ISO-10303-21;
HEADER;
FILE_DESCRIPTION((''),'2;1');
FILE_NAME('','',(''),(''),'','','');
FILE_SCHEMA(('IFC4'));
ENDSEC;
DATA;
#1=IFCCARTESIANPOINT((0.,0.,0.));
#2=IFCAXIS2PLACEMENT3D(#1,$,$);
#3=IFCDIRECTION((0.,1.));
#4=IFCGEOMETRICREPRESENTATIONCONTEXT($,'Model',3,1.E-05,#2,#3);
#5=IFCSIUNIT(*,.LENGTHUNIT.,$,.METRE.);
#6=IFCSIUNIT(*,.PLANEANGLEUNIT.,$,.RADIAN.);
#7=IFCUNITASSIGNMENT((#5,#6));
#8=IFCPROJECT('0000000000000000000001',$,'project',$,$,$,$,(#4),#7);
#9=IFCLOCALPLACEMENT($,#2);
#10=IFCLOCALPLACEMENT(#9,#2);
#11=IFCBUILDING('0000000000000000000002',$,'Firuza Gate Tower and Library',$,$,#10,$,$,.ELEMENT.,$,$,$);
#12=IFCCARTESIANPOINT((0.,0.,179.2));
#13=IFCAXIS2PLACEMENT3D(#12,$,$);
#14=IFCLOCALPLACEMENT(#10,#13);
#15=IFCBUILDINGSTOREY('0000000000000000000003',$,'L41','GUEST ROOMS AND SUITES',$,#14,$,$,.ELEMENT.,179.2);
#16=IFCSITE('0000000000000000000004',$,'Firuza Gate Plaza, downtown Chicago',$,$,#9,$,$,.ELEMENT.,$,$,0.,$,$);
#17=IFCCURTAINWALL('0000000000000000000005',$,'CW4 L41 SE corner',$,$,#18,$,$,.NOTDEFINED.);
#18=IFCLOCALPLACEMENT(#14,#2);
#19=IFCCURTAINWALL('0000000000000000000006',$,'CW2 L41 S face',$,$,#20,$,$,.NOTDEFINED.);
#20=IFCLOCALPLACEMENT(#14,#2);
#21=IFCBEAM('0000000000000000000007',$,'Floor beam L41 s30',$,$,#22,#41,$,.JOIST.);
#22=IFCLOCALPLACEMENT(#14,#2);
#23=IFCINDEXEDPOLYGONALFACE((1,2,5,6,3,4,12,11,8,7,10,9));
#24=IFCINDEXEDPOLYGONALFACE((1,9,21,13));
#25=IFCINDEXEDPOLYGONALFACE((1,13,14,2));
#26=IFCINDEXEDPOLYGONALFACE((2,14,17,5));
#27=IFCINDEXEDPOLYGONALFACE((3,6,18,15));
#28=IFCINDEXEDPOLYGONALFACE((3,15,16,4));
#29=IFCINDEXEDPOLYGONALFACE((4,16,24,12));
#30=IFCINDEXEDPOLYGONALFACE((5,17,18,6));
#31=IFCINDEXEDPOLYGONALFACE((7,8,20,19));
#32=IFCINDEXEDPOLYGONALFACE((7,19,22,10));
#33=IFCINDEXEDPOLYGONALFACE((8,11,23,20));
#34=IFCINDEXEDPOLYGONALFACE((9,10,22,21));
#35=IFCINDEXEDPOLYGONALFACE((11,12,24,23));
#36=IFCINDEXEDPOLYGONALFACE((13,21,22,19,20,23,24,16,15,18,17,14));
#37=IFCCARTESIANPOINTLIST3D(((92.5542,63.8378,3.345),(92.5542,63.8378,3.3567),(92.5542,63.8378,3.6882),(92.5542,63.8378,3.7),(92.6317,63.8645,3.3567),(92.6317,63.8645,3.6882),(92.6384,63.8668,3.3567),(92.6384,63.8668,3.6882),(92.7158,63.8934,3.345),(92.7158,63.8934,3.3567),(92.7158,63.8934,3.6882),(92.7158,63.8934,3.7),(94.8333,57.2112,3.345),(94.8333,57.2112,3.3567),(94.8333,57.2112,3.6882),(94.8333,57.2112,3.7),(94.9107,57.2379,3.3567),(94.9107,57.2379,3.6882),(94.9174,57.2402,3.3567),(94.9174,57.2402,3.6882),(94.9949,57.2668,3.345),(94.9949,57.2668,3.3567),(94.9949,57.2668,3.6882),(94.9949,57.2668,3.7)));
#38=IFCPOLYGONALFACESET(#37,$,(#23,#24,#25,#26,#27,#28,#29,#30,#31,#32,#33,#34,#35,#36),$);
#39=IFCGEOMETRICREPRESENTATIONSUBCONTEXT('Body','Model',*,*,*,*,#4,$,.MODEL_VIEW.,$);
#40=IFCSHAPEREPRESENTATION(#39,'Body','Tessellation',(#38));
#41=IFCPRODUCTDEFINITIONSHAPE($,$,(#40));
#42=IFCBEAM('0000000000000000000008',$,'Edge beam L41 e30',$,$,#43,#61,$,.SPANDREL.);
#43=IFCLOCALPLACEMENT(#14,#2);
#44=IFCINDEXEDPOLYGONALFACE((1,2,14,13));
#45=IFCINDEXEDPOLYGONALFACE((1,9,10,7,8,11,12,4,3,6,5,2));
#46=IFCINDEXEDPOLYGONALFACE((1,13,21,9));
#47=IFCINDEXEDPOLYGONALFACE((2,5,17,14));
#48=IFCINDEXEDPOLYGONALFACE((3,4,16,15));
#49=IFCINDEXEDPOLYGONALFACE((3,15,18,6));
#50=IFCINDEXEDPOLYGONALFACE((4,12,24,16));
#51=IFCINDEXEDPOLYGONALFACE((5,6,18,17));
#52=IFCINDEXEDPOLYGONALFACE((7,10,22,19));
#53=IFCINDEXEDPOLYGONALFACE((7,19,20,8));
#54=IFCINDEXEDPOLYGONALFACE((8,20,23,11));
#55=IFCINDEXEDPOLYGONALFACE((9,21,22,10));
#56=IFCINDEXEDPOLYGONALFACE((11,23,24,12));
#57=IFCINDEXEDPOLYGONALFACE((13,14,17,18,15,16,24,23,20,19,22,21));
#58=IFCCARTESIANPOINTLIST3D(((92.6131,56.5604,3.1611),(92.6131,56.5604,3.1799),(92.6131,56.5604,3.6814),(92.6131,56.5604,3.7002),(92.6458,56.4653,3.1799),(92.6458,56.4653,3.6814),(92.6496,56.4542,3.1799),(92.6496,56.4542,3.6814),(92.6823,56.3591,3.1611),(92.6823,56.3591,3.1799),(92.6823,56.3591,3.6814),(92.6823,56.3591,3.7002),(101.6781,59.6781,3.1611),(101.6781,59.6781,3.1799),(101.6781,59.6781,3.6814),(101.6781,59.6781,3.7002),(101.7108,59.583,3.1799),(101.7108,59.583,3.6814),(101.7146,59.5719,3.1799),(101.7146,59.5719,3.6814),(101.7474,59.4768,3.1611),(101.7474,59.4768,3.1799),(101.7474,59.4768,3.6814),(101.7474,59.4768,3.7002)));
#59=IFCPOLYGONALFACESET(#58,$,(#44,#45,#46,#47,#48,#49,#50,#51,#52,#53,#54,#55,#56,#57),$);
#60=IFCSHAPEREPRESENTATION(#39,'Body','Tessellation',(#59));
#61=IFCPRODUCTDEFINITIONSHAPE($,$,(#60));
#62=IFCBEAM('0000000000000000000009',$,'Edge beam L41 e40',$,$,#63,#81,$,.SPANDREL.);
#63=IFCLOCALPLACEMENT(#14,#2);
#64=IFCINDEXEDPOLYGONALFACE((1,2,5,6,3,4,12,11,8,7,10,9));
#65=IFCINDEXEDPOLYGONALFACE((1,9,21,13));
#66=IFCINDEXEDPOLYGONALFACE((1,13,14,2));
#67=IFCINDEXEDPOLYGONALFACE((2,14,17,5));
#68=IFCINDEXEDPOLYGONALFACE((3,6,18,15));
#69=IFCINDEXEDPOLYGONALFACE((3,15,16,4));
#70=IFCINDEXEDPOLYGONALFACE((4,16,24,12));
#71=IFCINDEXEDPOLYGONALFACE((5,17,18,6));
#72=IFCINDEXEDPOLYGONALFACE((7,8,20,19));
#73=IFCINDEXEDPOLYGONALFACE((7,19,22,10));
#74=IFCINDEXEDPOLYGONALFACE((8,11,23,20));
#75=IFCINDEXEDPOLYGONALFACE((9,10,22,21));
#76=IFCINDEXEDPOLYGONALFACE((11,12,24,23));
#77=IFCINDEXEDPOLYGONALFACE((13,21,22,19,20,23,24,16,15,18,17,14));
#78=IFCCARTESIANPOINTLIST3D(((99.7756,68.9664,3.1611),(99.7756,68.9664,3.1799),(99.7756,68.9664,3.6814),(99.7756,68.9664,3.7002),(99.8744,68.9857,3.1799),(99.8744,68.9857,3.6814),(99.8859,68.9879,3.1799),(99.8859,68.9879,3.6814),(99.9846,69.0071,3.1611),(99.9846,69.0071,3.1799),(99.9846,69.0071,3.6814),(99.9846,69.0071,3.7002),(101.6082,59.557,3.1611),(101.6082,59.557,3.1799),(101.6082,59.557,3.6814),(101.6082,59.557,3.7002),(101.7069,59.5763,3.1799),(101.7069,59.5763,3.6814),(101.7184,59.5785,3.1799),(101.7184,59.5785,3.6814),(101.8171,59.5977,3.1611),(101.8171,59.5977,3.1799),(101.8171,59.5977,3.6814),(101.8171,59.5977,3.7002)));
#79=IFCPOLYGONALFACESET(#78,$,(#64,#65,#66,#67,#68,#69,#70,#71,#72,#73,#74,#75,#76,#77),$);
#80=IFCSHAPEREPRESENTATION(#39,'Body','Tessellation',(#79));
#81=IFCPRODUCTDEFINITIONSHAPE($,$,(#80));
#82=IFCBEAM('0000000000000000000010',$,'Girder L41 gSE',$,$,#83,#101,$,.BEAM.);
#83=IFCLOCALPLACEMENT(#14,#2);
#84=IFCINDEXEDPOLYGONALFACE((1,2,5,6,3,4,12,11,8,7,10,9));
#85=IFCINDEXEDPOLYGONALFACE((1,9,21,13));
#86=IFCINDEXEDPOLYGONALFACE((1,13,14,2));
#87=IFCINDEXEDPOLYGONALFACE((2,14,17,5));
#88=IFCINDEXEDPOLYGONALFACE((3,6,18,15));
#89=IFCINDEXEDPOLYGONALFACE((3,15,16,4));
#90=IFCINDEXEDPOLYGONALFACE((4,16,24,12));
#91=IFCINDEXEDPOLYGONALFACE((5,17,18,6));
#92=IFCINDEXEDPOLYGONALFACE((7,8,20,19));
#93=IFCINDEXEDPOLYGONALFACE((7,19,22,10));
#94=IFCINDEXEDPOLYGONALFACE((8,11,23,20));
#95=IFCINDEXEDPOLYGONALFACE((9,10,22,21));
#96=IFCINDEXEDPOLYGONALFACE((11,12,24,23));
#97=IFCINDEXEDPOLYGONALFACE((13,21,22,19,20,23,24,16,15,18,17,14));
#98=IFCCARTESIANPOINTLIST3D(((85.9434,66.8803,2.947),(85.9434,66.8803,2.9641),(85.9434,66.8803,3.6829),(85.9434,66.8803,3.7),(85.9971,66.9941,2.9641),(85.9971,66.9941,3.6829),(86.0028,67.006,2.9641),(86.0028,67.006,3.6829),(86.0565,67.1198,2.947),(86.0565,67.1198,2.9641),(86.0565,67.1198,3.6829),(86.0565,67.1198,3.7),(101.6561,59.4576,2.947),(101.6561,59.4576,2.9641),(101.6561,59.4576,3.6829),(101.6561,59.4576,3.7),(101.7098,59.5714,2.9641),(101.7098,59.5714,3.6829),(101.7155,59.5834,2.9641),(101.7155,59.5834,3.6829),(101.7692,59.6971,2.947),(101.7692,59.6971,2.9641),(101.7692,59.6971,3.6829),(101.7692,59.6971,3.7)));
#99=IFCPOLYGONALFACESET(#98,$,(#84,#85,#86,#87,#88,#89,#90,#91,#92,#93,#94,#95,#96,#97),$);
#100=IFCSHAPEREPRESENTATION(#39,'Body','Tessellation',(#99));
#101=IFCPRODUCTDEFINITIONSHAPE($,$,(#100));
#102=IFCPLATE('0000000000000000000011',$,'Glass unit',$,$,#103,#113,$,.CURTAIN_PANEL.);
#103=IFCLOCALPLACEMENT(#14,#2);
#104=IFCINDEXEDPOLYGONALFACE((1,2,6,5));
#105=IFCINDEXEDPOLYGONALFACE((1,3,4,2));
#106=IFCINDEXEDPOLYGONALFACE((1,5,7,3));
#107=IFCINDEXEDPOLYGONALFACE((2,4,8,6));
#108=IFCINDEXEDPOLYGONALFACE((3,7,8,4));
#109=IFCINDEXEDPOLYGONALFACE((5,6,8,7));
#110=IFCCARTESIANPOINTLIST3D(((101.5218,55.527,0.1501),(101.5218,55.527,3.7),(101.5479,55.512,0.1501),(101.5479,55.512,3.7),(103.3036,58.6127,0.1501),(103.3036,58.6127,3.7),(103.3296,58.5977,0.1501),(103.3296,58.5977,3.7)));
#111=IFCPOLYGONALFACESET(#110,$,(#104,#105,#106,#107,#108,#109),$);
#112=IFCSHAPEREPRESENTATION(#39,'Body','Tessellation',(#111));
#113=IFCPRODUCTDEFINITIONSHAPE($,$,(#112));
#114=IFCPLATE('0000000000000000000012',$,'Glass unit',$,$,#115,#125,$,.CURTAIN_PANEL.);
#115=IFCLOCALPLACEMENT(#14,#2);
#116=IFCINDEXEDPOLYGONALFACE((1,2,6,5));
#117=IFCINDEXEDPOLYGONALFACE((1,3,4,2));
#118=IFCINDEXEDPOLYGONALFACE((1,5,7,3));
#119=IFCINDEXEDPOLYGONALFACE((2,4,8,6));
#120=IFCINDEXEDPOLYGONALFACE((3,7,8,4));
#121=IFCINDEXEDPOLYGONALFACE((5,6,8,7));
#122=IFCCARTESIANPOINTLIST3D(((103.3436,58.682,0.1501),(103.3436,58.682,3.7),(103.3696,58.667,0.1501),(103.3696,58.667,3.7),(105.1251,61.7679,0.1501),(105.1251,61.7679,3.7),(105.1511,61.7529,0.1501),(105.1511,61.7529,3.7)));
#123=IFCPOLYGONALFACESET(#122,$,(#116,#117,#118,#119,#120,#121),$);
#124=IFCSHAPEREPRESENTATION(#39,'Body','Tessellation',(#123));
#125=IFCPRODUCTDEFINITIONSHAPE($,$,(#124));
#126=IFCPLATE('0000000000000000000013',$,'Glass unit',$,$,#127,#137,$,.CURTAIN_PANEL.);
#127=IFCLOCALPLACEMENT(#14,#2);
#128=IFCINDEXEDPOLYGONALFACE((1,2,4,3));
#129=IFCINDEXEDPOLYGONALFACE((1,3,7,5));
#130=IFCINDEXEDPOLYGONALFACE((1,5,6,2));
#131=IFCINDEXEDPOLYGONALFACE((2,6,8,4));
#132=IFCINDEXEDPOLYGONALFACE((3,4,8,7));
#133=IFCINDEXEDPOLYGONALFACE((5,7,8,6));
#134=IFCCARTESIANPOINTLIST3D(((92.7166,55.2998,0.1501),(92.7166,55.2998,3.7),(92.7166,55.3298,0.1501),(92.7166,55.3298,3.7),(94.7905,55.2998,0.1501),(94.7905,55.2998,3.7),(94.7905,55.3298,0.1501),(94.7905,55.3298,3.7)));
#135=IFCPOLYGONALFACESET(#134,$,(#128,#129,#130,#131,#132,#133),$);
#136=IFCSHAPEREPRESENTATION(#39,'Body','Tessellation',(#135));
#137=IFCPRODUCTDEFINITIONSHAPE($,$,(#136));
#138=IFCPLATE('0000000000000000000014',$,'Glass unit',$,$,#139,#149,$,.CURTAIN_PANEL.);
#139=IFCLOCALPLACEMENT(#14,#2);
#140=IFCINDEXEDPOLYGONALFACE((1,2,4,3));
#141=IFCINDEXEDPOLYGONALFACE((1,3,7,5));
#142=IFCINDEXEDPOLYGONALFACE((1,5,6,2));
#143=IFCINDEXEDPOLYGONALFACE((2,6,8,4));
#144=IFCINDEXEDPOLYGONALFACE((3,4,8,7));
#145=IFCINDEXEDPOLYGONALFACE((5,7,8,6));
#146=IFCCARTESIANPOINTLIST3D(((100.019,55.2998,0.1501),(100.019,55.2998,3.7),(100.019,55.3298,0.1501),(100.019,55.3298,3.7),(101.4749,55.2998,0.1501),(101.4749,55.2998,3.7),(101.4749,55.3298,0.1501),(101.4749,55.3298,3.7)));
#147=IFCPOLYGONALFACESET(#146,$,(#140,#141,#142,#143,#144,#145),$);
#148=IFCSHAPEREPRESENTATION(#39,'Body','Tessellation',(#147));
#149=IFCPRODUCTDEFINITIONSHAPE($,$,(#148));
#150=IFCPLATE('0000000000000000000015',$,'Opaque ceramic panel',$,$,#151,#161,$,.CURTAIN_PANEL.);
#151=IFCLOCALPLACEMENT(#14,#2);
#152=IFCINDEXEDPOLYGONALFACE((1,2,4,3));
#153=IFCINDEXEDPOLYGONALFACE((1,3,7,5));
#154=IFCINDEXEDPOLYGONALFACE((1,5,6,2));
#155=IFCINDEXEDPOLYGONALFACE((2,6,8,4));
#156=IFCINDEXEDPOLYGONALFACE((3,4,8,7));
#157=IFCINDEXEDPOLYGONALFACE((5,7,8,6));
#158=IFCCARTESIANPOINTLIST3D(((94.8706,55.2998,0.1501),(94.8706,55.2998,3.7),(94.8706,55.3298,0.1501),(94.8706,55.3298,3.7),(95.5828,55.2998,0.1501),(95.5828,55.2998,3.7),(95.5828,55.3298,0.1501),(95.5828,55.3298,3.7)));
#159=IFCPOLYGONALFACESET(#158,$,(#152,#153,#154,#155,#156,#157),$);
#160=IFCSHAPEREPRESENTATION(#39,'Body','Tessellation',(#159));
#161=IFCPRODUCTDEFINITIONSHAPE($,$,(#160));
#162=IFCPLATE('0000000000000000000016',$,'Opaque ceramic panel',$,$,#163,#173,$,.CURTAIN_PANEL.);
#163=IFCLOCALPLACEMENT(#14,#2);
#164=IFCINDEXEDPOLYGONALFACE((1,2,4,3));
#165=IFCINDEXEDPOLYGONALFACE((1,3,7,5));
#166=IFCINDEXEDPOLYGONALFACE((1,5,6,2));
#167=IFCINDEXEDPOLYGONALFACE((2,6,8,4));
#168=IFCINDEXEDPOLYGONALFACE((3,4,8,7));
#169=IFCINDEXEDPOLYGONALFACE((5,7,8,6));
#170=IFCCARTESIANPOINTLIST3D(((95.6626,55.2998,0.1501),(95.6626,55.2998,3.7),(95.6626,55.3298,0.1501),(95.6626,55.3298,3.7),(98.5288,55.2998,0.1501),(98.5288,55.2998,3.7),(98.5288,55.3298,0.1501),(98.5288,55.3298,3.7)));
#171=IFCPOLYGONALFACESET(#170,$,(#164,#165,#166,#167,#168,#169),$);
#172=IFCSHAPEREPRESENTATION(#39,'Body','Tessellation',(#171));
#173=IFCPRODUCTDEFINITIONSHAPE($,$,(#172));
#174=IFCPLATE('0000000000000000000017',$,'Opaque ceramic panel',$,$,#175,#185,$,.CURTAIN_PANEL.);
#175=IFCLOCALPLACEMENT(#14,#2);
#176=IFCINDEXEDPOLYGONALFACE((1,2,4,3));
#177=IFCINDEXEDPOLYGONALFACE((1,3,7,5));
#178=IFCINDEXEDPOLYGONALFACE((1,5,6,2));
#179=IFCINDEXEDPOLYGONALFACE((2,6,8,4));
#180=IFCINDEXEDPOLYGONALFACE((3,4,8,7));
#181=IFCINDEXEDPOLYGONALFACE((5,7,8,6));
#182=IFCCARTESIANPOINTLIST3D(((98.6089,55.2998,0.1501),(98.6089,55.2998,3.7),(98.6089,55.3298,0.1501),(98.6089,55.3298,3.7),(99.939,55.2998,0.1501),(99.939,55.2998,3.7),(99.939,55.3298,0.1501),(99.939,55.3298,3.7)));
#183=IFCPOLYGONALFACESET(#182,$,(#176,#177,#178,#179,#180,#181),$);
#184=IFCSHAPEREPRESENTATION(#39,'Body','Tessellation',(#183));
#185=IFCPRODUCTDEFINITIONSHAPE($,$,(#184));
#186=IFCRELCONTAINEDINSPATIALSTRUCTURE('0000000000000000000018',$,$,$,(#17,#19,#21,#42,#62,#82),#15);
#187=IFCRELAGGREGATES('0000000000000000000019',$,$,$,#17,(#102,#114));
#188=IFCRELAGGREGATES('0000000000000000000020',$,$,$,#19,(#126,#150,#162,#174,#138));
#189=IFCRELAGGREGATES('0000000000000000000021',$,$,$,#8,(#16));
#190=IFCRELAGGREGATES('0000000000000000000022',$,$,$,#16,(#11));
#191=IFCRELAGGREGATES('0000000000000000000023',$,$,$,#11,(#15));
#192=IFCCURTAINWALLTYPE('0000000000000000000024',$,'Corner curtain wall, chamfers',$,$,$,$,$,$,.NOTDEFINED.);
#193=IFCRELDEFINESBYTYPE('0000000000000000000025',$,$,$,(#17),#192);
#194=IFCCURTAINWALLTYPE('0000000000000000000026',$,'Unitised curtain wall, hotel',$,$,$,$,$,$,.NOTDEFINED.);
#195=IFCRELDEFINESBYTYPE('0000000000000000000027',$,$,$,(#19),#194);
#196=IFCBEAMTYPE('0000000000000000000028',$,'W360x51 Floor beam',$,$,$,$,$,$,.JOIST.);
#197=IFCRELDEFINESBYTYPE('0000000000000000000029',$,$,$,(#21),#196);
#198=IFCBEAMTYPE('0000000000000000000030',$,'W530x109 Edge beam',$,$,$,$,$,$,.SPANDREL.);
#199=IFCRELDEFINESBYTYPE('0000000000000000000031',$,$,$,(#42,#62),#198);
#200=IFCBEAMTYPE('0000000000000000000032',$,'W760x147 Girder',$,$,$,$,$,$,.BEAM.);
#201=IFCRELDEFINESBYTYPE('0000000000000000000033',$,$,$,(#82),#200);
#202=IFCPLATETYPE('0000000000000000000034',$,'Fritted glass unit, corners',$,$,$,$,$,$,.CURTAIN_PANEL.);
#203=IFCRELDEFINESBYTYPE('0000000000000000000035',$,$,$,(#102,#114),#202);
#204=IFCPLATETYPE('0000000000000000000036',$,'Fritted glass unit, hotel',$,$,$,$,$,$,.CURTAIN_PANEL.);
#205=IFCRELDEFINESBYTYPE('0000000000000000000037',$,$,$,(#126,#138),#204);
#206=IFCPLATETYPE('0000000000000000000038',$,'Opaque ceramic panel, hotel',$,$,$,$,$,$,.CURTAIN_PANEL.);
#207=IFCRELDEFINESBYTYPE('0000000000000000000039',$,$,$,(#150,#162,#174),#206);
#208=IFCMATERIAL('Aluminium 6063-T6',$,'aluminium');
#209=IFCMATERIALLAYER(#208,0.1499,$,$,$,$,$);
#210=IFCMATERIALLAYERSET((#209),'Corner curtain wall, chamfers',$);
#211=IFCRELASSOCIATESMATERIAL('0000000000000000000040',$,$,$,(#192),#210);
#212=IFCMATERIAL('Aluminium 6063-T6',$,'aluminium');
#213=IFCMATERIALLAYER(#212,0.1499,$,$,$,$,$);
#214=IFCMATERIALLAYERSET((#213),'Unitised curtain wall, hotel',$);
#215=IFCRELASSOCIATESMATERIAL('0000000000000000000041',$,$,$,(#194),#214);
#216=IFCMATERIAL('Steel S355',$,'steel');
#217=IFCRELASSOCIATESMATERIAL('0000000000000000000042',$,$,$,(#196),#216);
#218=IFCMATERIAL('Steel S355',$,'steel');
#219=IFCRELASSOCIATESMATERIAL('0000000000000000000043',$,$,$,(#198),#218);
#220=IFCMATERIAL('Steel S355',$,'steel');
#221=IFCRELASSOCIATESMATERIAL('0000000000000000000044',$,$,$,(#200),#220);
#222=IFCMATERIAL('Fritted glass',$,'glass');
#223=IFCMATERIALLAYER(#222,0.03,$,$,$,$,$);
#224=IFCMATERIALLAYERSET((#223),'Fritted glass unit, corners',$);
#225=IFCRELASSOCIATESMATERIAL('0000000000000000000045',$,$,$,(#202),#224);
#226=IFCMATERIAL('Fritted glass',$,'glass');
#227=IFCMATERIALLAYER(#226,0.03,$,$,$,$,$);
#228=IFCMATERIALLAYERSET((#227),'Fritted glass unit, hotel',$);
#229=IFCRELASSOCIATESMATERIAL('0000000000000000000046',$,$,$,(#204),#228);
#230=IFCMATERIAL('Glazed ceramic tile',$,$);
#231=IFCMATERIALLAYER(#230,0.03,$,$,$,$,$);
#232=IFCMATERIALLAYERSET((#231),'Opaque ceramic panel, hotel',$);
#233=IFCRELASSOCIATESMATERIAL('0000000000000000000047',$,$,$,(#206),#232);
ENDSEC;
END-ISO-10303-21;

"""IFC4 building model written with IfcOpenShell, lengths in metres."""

from ifc_helpers import new_model, si_unit, direction, frame, origin, origin_2d, place, context, subcontext, project, spatial, polyline, i_section, outline, extrude, material, layer, layer_set, material_profile, profile_set, type_object, element, aggregate, save


model = new_model("IFC4")

# Units and contexts
model_context = context("Model", 3, precision=1e-05, world=origin(), true_north=direction((0.0, 1.0)))
body_context = subcontext(model_context, "Body", "Model", "MODEL_VIEW")
ifc_project = project(units=[si_unit("LENGTHUNIT", "METRE"), si_unit("PLANEANGLEUNIT", "RADIAN")], contexts=[model_context])

# Site, building, storey
site_placement = place(None, origin())
site = spatial("IfcSite", under=ifc_project, at=site_placement, Name="Firuza Gate Plaza, downtown Chicago", CompositionType="ELEMENT", RefElevation=0.0)
building_placement = place(site_placement, origin())
building = spatial("IfcBuilding", under=site, at=building_placement, Name="Firuza Gate Tower and Library", CompositionType="ELEMENT")
storey_placement = place(building_placement, frame((0.0, 0.0, 179.2)))
storey = spatial("IfcBuildingStorey", under=building, at=storey_placement, Name="L41", Description="GUEST ROOMS AND SUITES", CompositionType="ELEMENT", Elevation=179.2)

# Curtain walls
ifc_material_1 = material(Name="Aluminium 6063-T6", Category="aluminium")
ifc_layer_1 = layer(ifc_material_1, 0.1499)
ifc_layer_set_1 = layer_set([ifc_layer_1], Name="Corner curtain wall, chamfers")
curtain_wall_type_1 = type_object("IfcCurtainWallType", Name="Corner curtain wall, chamfers", PredefinedType="NOTDEFINED", material=ifc_layer_set_1)
placement = place(storey_placement, origin())
curtain_wall_1 = element("IfcCurtainWall", 1, at=placement, inside=storey, type_object=curtain_wall_type_1, Name="CW4 L41 SE corner", PredefinedType="NOTDEFINED")
ifc_material_2 = material(Name="Aluminium 6063-T6", Category="aluminium")
ifc_layer_2 = layer(ifc_material_2, 0.1499)
ifc_layer_set_2 = layer_set([ifc_layer_2], Name="Unitised curtain wall, hotel")
curtain_wall_type_2 = type_object("IfcCurtainWallType", Name="Unitised curtain wall, hotel", PredefinedType="NOTDEFINED", material=ifc_layer_set_2)
curtain_wall_2 = element("IfcCurtainWall", 2, at=placement, inside=storey, type_object=curtain_wall_type_2, Name="CW2 L41 S face", PredefinedType="NOTDEFINED")

# Beams
ifc_material_3 = material(Name="Steel S355", Category="steel")
ifc_material_profile_1 = material_profile(ifc_material_3, i_section(OverallWidth=0.1709, OverallDepth=0.355, WebThickness=0.0071, FlangeThickness=0.0117, at=origin_2d()))
ifc_profile_set_1 = profile_set([ifc_material_profile_1], Name="Steel S355")
beam_type_1 = type_object("IfcBeamType", Name="W360x51 Floor beam", PredefinedType="JOIST", material=ifc_profile_set_1)
beam_1_placement = place(storey_placement, frame((94.9141, 57.239, 3.5225), z_axis=(-0.325223, 0.945637, 0.0), x_axis=(-0.945637, -0.325223, 0.0)))
element("IfcBeam", 3, at=beam_1_placement, inside=storey, type_object=beam_type_1, Name="Floor beam L41 s30", PredefinedType="JOIST", context=body_context, shape_type="SweptSolid", body=[
    extrude(i_section(OverallWidth=0.1709, OverallDepth=0.355, WebThickness=0.0071, FlangeThickness=0.0117, at=origin_2d()), origin(), (0.0, 0.0, 1.0), 7.0076),
])
ifc_material_4 = material(Name="Steel S355", Category="steel")
ifc_material_profile_2 = material_profile(ifc_material_4, i_section(OverallWidth=0.2129, OverallDepth=0.5391, WebThickness=0.0117, FlangeThickness=0.0188, at=origin_2d()))
ifc_profile_set_2 = profile_set([ifc_material_profile_2], Name="Steel S355")
beam_type_2 = type_object("IfcBeamType", Name="W530x109 Edge beam", PredefinedType="SPANDREL", material=ifc_profile_set_2)
for number, where, z_axis, x_axis, name in (
    (4, (92.6477, 56.4597, 3.4307), (0.945635, 0.325229, 0.0), (-0.325229, 0.945635, 0.0), "Edge beam L41 e30"),
    (5, (101.7126, 59.5774, 3.4307), (-0.191162, 0.981558, 0.0), (-0.981558, -0.191162, 0.0), "Edge beam L41 e40"),
):
    element("IfcBeam", number, at=place(storey_placement, frame(where, z_axis=z_axis, x_axis=x_axis)), inside=storey, type_object=beam_type_2, Name=name, PredefinedType="SPANDREL", context=body_context, shape_type="SweptSolid", body=[
        extrude(i_section(OverallWidth=0.2129, OverallDepth=0.5391, WebThickness=0.0117, FlangeThickness=0.0188, at=origin_2d()), origin(), (0.0, 0.0, 1.0), 9.5862),
    ])
ifc_material_5 = material(Name="Steel S355", Category="steel")
ifc_material_profile_3 = material_profile(ifc_material_5, i_section(OverallWidth=0.2649, OverallDepth=0.7529, WebThickness=0.0132, FlangeThickness=0.0171, at=origin_2d()))
ifc_profile_set_3 = profile_set([ifc_material_profile_3], Name="Steel S355")
beam_type_3 = type_object("IfcBeamType", Name="W760x147 Girder", PredefinedType="BEAM", material=ifc_profile_set_3)
beam_2_placement = place(storey_placement, frame((101.7126, 59.5774, 3.3235), z_axis=(-0.904188, 0.427136, 0.0), x_axis=(-0.427136, -0.904188, 0.0)))
element("IfcBeam", 6, at=beam_2_placement, inside=storey, type_object=beam_type_3, Name="Girder L41 gSE", PredefinedType="BEAM", context=body_context, shape_type="SweptSolid", body=[
    extrude(i_section(OverallWidth=0.2649, OverallDepth=0.7529, WebThickness=0.0132, FlangeThickness=0.0171, at=origin_2d()), origin(), (0.0, 0.0, 1.0), 17.3777),
])

# Plates
ifc_material_6 = material(Name="Fritted glass", Category="glass")
ifc_layer_3 = layer(ifc_material_6, 0.03)
ifc_layer_set_3 = layer_set([ifc_layer_3], Name="Fritted glass unit, corners")
plate_type_1 = type_object("IfcPlateType", Name="Fritted glass unit, corners", PredefinedType="CURTAIN_PANEL", material=ifc_layer_set_3)
plate_1_placement = place(storey_placement, frame((101.5479, 55.512, 0.1501), z_axis=(0.866, -0.500045, 0.0), x_axis=(0.500045, 0.866, 0.0)))
plate_1 = element("IfcPlate", 7, at=plate_1_placement, type_object=plate_type_1, Name="Glass unit", PredefinedType="CURTAIN_PANEL", context=body_context, shape_type="SweptSolid", body=[
    extrude(outline(polyline([(0.0, 0.0), (3.5632, 0.0), (3.5632, 3.5498), (0.0, 3.5498), (0.0, 0.0)])), origin(), (0.0, 0.0, -1.0), 0.03),
])
plate_2_placement = place(storey_placement, frame((103.3696, 58.667, 0.1501), z_axis=(0.866046, -0.499964, 0.0), x_axis=(0.499964, 0.866046, 0.0)))
plate_2 = element("IfcPlate", 8, at=plate_2_placement, type_object=plate_type_1, Name="Glass unit", PredefinedType="CURTAIN_PANEL", context=body_context, shape_type="SweptSolid", body=[
    extrude(outline(polyline([(0.0, 0.0), (3.5632, 0.0), (3.5632, 3.5498), (0.0, 3.5498), (0.0, 0.0)])), origin(), (0.0, 0.0, -1.0), 0.03),
])
aggregate(curtain_wall_1, [plate_1, plate_2])
ifc_material_7 = material(Name="Fritted glass", Category="glass")
ifc_layer_4 = layer(ifc_material_7, 0.03)
ifc_layer_set_4 = layer_set([ifc_layer_4], Name="Fritted glass unit, hotel")
plate_type_2 = type_object("IfcPlateType", Name="Fritted glass unit, hotel", PredefinedType="CURTAIN_PANEL", material=ifc_layer_set_4)
plate_3_placement = place(storey_placement, frame((92.7166, 55.2998, 0.1501), z_axis=(0.0, -1.0, 0.0), x_axis=(1.0, 0.0, 0.0)))
plate_3 = element("IfcPlate", 9, at=plate_3_placement, type_object=plate_type_2, Name="Glass unit", PredefinedType="CURTAIN_PANEL", context=body_context, shape_type="SweptSolid", body=[
    extrude(outline(polyline([(0.0, 0.0), (2.074, 0.0), (2.074, 3.5498), (0.0, 3.5498), (0.0, 0.0)])), origin(), (0.0, 0.0, -1.0), 0.03),
])
plate_4_placement = place(storey_placement, frame((100.019, 55.2998, 0.1501), z_axis=(0.0, -1.0, 0.0), x_axis=(1.0, 0.0, 0.0)))
plate_4 = element("IfcPlate", 10, at=plate_4_placement, type_object=plate_type_2, Name="Glass unit", PredefinedType="CURTAIN_PANEL", context=body_context, shape_type="SweptSolid", body=[
    extrude(outline(polyline([(0.0, 0.0), (1.4558, 0.0), (1.4558, 3.5498), (0.0, 3.5498), (0.0, 0.0)])), origin(), (0.0, 0.0, -1.0), 0.03),
])
ifc_material_8 = material(Name="Glazed ceramic tile")
ifc_layer_5 = layer(ifc_material_8, 0.03)
ifc_layer_set_5 = layer_set([ifc_layer_5], Name="Opaque ceramic panel, hotel")
plate_type_3 = type_object("IfcPlateType", Name="Opaque ceramic panel, hotel", PredefinedType="CURTAIN_PANEL", material=ifc_layer_set_5)
plate_5_placement = place(storey_placement, frame((94.8706, 55.2998, 0.1501), z_axis=(0.0, -1.0, 0.0), x_axis=(1.0, 0.0, 0.0)))
plate_5 = element("IfcPlate", 11, at=plate_5_placement, type_object=plate_type_3, Name="Opaque ceramic panel", PredefinedType="CURTAIN_PANEL", context=body_context, shape_type="SweptSolid", body=[
    extrude(outline(polyline([(0.0, 0.0), (0.7122, 0.0), (0.7122, 3.5498), (0.0, 3.5498), (0.0, 0.0)])), origin(), (0.0, 0.0, -1.0), 0.03),
])
plate_6_placement = place(storey_placement, frame((95.6626, 55.2998, 0.1501), z_axis=(0.0, -1.0, 0.0), x_axis=(1.0, 0.0, 0.0)))
plate_6 = element("IfcPlate", 12, at=plate_6_placement, type_object=plate_type_3, Name="Opaque ceramic panel", PredefinedType="CURTAIN_PANEL", context=body_context, shape_type="SweptSolid", body=[
    extrude(outline(polyline([(0.0, 0.0), (2.8662, 0.0), (2.8662, 3.5498), (0.0, 3.5498), (0.0, 0.0)])), origin(), (0.0, 0.0, -1.0), 0.03),
])
plate_7_placement = place(storey_placement, frame((98.6089, 55.2998, 0.1501), z_axis=(0.0, -1.0, 0.0), x_axis=(1.0, 0.0, 0.0)))
plate_7 = element("IfcPlate", 13, at=plate_7_placement, type_object=plate_type_3, Name="Opaque ceramic panel", PredefinedType="CURTAIN_PANEL", context=body_context, shape_type="SweptSolid", body=[
    extrude(outline(polyline([(0.0, 0.0), (1.3301, 0.0), (1.3301, 3.5498), (0.0, 3.5498), (0.0, 0.0)])), origin(), (0.0, 0.0, -1.0), 0.03),
])
aggregate(curtain_wall_2, [plate_3, plate_5, plate_6, plate_7, plate_4])

save(model, "model.ifc")
